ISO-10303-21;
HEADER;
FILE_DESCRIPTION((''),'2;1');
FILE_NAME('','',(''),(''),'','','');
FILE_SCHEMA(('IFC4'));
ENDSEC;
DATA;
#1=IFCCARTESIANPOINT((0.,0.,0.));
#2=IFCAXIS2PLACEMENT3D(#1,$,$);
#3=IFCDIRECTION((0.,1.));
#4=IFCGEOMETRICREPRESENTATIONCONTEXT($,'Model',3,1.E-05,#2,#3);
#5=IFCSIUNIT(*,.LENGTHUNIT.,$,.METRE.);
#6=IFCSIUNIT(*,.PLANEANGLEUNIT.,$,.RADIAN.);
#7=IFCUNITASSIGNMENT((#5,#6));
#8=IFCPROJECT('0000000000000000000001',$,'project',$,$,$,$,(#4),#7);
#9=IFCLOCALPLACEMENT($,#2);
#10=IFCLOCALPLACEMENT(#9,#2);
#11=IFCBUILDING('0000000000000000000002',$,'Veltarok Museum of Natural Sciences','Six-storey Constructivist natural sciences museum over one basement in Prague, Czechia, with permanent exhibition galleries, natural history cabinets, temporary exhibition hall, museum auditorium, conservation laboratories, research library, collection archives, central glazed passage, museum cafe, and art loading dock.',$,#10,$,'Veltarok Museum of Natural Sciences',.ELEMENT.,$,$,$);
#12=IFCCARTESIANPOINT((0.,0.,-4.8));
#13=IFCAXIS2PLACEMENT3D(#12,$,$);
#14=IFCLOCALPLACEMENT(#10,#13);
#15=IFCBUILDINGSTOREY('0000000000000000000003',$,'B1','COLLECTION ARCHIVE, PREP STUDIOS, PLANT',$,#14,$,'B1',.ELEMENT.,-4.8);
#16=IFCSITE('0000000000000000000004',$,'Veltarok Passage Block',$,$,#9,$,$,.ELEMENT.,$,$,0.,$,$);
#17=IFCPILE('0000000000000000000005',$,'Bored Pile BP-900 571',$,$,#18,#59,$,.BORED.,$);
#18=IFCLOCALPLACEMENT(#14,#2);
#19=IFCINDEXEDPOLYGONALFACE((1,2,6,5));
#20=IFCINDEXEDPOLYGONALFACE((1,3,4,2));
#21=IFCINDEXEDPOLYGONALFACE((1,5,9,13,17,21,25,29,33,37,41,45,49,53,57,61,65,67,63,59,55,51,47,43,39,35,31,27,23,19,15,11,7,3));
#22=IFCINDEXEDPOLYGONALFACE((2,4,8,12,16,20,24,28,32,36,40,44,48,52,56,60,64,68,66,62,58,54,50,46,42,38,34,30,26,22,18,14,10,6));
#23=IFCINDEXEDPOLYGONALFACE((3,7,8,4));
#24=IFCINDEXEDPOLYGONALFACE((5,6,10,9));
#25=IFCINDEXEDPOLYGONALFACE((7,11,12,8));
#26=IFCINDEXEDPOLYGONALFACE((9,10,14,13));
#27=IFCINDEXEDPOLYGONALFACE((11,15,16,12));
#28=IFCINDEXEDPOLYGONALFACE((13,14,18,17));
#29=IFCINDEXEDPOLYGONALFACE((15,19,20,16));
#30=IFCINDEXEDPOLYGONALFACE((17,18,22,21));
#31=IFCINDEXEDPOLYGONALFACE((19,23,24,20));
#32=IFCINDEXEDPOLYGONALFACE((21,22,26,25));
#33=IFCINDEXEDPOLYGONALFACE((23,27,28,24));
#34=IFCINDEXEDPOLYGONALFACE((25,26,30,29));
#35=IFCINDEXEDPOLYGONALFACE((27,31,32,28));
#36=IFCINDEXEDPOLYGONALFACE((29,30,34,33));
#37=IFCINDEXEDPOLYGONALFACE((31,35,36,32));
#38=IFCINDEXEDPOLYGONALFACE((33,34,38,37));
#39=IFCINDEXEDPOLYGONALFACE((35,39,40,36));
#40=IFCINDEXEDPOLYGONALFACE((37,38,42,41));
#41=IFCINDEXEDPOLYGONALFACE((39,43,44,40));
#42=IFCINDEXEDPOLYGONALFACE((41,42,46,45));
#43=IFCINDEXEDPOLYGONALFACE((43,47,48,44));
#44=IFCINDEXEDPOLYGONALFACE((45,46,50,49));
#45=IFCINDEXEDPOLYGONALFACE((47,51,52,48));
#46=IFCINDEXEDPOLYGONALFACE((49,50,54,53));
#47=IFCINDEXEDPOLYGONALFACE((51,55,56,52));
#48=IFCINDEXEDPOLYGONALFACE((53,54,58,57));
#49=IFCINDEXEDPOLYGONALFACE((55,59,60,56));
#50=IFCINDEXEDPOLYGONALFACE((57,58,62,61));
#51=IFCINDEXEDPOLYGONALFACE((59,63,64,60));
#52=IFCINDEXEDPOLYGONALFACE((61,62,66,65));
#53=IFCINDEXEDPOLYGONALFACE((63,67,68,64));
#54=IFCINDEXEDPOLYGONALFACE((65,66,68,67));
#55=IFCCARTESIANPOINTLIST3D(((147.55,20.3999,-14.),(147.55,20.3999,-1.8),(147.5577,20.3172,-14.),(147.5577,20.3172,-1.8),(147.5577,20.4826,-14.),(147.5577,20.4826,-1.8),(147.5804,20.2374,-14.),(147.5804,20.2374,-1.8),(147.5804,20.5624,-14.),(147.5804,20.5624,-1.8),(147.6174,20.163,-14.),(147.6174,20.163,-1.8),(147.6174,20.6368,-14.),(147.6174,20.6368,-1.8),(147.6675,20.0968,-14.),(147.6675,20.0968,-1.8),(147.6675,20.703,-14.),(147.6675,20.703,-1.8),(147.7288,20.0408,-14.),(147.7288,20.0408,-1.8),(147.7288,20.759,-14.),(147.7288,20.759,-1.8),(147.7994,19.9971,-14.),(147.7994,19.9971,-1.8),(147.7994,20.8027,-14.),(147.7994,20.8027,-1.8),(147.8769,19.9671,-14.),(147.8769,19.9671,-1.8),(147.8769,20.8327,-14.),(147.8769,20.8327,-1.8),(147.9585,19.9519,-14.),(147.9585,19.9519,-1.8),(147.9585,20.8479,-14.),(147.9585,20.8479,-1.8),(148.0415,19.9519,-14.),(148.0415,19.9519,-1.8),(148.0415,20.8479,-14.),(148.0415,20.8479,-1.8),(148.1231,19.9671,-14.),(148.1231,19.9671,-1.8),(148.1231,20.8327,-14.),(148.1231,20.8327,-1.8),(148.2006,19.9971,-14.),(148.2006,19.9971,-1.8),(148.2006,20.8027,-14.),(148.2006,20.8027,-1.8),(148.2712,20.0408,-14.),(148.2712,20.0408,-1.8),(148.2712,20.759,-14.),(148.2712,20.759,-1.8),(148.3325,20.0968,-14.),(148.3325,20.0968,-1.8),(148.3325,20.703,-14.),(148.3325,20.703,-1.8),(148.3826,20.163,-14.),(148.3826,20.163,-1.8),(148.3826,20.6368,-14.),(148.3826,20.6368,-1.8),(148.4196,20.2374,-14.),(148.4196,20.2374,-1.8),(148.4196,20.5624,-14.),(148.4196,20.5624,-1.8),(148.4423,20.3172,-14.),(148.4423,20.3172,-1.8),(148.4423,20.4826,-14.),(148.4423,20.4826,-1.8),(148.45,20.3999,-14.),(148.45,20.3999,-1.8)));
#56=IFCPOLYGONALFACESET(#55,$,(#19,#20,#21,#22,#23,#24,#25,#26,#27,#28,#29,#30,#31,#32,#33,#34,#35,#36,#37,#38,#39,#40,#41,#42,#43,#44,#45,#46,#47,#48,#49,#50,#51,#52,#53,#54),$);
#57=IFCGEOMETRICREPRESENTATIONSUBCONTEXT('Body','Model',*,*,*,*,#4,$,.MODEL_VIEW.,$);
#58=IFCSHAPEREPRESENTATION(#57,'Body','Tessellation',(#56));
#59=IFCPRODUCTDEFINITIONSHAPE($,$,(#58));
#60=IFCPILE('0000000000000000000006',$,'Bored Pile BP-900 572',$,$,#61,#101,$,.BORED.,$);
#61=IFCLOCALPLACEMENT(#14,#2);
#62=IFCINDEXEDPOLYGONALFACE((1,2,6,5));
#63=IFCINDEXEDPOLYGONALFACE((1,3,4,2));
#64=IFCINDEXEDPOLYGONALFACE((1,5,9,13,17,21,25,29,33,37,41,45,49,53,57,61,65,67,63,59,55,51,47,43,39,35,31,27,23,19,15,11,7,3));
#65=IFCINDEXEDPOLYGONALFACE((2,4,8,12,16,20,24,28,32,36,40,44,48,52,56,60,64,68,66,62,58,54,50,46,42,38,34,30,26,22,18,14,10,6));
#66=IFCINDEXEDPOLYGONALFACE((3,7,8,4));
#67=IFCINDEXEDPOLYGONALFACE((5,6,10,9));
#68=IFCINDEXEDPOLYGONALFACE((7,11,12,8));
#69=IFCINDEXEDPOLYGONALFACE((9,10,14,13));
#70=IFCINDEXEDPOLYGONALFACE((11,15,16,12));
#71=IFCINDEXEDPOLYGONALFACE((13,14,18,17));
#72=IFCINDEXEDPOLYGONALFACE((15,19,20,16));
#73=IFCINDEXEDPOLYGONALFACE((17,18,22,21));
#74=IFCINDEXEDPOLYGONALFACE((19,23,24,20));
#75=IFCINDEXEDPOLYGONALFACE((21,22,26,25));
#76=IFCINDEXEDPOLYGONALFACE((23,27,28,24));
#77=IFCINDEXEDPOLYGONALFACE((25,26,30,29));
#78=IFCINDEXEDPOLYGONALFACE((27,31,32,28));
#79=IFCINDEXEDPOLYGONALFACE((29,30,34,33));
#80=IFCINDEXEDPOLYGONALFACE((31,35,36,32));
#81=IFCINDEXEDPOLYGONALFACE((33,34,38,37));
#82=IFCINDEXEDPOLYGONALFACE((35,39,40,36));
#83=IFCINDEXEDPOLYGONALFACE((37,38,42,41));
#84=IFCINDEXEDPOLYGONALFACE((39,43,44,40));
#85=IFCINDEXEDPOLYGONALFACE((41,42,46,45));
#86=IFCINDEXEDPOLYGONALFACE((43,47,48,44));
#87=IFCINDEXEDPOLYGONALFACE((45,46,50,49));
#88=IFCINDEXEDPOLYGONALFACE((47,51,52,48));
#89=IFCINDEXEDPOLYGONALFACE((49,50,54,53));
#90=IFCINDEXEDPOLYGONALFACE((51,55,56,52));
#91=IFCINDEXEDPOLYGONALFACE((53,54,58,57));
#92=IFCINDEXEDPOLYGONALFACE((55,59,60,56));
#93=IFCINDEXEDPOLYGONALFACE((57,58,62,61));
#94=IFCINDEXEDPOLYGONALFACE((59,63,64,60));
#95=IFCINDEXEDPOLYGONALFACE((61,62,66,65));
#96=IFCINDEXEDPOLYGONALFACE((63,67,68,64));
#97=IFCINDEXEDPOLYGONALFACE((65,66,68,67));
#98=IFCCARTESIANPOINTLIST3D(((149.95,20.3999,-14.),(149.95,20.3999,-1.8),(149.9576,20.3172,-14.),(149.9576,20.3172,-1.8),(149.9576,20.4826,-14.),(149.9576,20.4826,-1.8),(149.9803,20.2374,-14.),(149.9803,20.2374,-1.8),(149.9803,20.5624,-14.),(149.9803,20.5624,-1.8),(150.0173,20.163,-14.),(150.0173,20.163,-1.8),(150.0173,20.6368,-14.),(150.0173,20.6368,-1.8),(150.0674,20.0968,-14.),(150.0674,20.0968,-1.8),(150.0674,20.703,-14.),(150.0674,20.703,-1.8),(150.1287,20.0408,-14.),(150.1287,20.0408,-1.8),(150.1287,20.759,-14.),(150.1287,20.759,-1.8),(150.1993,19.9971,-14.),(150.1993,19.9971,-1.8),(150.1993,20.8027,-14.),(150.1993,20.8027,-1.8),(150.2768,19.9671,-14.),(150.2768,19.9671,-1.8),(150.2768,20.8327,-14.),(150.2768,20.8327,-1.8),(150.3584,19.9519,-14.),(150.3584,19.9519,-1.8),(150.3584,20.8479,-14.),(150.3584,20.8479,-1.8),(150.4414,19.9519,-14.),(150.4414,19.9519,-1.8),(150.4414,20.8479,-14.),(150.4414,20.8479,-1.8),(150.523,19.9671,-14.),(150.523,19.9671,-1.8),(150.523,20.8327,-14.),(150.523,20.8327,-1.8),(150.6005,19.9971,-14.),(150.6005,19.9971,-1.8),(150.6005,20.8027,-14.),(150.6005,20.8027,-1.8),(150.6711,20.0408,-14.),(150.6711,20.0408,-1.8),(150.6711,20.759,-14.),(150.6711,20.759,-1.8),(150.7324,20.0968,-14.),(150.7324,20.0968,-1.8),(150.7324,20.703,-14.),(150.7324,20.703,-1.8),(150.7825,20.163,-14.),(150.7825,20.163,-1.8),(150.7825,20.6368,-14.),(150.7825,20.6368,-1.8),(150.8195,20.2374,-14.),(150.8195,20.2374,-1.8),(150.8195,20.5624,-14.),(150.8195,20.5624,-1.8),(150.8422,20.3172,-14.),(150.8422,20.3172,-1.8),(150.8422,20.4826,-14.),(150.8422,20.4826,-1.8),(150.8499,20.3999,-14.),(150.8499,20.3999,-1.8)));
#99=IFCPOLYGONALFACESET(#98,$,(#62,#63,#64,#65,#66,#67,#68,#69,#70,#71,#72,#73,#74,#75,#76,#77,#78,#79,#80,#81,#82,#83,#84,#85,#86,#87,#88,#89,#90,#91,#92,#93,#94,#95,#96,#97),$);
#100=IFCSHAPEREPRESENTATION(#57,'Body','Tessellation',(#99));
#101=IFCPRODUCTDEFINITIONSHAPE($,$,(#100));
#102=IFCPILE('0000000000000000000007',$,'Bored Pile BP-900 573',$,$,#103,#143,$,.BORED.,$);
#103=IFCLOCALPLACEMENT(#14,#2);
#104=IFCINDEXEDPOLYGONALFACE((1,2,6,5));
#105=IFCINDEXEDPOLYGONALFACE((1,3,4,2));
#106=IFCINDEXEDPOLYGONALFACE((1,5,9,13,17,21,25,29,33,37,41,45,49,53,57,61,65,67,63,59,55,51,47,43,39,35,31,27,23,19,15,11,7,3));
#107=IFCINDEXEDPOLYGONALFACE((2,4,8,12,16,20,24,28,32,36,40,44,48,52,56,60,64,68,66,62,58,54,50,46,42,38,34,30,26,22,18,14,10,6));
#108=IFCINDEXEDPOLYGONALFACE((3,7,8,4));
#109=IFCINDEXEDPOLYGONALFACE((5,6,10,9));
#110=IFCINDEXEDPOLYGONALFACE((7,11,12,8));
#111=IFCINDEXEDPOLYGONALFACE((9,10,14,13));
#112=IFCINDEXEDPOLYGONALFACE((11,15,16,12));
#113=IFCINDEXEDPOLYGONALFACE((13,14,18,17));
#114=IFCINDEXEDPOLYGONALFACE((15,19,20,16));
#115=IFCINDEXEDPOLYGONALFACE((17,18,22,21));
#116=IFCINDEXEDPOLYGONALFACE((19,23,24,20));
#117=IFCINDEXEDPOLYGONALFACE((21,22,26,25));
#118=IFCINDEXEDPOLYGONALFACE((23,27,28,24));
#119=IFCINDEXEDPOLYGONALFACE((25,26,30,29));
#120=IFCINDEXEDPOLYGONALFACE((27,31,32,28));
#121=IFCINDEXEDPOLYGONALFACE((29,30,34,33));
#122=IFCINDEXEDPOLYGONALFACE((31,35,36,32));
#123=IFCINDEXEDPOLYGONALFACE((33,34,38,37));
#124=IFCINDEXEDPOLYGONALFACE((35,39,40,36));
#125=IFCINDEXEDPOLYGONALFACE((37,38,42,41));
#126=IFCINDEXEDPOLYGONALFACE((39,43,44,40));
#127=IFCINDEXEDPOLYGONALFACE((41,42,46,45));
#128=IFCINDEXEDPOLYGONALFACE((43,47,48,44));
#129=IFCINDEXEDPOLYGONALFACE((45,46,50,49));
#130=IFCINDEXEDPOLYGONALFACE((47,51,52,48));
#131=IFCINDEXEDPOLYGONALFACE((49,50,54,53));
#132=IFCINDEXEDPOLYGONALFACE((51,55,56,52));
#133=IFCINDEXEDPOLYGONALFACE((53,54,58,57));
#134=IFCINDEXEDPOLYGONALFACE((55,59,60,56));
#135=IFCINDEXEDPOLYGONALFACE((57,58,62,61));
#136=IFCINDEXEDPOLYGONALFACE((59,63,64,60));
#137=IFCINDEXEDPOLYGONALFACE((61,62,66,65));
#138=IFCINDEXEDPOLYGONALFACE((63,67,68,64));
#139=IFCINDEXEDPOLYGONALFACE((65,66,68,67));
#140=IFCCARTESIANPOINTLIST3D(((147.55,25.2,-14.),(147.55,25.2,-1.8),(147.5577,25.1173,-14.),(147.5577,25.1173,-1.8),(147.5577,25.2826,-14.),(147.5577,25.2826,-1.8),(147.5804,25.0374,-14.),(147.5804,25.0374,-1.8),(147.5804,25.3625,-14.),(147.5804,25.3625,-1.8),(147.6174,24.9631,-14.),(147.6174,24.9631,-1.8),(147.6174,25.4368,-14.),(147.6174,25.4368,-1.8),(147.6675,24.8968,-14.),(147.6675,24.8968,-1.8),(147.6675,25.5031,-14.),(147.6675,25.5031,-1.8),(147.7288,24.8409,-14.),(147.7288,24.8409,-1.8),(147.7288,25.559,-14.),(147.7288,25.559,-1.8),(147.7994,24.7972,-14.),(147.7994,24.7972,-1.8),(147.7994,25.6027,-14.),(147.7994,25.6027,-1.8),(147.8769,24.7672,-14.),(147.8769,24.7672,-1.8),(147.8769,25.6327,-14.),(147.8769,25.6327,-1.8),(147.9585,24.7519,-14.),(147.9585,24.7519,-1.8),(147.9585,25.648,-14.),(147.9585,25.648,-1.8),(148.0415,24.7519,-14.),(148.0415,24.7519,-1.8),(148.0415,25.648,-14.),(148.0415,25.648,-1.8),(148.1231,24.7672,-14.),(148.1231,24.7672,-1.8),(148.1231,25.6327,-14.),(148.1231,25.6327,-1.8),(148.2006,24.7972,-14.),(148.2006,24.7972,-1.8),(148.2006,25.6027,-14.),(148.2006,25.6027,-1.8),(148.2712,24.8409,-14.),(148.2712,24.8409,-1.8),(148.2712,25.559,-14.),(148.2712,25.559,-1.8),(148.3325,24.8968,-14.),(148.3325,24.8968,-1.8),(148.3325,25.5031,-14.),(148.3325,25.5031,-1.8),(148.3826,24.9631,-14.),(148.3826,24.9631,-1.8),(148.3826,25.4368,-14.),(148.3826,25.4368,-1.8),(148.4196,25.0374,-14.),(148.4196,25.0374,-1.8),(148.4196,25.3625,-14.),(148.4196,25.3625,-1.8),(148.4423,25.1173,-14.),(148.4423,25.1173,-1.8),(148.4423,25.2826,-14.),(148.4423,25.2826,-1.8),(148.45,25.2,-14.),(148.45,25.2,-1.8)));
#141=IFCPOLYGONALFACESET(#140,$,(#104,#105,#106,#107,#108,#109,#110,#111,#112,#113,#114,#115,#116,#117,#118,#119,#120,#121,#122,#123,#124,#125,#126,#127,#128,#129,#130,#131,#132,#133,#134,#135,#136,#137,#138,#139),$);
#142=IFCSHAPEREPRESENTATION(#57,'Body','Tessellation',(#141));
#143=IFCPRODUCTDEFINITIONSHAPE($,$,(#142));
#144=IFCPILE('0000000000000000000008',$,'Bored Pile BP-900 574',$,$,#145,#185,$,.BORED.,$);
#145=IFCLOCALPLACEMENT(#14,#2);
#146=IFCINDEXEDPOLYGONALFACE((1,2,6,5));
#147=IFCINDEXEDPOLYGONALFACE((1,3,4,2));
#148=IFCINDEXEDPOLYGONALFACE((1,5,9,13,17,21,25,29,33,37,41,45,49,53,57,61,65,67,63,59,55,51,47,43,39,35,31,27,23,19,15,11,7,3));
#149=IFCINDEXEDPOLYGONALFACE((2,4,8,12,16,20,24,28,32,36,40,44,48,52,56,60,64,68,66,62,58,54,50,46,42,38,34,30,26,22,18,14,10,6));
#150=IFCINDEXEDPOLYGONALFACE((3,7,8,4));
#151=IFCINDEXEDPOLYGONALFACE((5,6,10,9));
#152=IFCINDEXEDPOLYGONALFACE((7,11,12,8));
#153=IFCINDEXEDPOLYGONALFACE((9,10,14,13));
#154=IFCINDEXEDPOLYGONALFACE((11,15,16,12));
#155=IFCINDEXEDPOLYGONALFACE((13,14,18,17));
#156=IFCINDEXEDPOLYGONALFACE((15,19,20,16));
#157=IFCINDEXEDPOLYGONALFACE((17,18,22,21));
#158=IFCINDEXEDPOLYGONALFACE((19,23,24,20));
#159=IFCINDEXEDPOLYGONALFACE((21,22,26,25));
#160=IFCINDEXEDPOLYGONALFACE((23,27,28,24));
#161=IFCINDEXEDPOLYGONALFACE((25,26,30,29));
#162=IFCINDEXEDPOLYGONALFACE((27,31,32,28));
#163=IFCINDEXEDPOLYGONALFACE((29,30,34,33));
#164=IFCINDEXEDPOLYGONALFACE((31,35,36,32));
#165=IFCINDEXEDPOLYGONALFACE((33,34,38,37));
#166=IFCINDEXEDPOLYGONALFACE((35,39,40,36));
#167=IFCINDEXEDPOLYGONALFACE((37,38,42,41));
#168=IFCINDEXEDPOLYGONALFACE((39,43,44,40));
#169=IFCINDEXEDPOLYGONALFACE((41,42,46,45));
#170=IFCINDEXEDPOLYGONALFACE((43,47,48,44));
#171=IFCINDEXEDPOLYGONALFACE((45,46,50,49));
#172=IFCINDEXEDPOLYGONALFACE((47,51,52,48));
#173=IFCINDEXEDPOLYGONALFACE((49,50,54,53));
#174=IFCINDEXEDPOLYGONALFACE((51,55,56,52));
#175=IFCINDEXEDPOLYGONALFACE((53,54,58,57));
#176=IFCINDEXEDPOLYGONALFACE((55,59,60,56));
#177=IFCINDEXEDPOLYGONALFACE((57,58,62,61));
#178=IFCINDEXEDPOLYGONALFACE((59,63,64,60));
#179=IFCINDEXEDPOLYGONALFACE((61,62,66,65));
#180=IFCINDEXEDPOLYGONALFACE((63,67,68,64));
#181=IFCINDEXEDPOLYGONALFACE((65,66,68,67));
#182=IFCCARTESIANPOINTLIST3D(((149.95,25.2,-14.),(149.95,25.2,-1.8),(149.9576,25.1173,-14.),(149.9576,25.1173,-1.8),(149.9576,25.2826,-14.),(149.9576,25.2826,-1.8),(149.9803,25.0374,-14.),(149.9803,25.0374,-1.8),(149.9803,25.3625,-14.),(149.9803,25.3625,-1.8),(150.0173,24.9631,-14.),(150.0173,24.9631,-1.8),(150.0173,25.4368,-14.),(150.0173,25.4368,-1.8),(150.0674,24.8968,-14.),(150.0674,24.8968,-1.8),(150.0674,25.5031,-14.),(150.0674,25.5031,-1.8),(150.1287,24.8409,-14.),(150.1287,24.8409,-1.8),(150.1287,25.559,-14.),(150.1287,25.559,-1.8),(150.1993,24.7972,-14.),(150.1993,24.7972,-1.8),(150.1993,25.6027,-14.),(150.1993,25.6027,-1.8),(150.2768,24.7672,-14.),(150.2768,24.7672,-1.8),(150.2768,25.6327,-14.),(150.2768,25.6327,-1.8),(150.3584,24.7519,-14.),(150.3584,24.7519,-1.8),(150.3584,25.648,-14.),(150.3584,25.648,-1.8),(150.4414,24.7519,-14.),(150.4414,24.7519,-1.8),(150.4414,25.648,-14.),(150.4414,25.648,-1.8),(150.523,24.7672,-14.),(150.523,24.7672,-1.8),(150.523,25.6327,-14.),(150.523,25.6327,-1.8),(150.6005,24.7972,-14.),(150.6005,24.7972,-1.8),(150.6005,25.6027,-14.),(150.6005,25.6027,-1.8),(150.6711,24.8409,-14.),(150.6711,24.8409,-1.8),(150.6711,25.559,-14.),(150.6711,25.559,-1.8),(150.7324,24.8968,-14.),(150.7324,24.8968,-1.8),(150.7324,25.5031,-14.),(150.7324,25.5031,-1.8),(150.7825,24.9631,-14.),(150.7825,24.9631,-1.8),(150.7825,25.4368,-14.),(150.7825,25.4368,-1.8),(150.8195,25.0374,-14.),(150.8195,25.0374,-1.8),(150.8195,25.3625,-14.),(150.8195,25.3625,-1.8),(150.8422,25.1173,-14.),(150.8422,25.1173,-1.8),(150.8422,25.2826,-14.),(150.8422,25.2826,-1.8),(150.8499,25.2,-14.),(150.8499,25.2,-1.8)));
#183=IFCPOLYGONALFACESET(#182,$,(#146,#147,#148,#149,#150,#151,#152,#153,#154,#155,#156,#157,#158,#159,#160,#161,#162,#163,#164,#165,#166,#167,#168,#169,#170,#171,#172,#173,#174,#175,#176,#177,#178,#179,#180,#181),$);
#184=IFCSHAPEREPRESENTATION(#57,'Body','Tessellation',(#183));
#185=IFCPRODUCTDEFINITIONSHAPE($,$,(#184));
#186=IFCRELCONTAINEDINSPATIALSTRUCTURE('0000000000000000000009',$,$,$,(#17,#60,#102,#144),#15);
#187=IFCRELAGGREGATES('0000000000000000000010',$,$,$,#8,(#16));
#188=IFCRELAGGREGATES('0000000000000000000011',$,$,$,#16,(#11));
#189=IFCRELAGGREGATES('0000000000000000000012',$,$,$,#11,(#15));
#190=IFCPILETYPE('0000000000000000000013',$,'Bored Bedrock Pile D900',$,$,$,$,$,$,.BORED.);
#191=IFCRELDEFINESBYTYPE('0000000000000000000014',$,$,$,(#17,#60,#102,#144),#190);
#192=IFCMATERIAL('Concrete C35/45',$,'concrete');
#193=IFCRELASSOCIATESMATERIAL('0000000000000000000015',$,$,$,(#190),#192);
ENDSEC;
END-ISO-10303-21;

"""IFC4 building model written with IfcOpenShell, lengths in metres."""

from ifc_helpers import new_model, si_unit, direction, frame, origin, origin_2d, place, context, subcontext, project, spatial, circle, extrude, material, material_profile, profile_set, type_object, element, save


model = new_model("IFC4")

# Units and contexts
model_context = context("Model", 3, precision=1e-05, world=origin(), true_north=direction((0.0, 1.0)))
body_context = subcontext(model_context, "Body", "Model", "MODEL_VIEW")
ifc_project = project(units=[si_unit("LENGTHUNIT", "METRE"), si_unit("PLANEANGLEUNIT", "RADIAN")], contexts=[model_context])

# Site, building, storey
site_placement = place(None, origin())
site = spatial("IfcSite", under=ifc_project, at=site_placement, Name="Veltarok Passage Block", CompositionType="ELEMENT", RefElevation=0.0)
building_placement = place(site_placement, origin())
building = spatial("IfcBuilding", under=site, at=building_placement, Name="Veltarok Museum of Natural Sciences", Description="Six-storey Constructivist natural sciences museum over one basement in Prague, Czechia, with permanent exhibition galleries, natural history cabinets, temporary exhibition hall, museum auditorium, conservation laboratories, research library, collection archives, central glazed passage, museum cafe, and art loading dock.", LongName="Veltarok Museum of Natural Sciences", CompositionType="ELEMENT")
storey_placement = place(building_placement, frame((0.0, 0.0, -4.8)))
storey = spatial("IfcBuildingStorey", under=building, at=storey_placement, Name="B1", Description="COLLECTION ARCHIVE, PREP STUDIOS, PLANT", LongName="B1", CompositionType="ELEMENT", Elevation=-4.8)

# Piles
ifc_material_1 = material(Name="Concrete C35/45", Category="concrete")
ifc_material_profile_1 = material_profile(ifc_material_1, circle(Radius=0.45, at=origin_2d()), Name="BP D900")
ifc_profile_set_1 = profile_set([ifc_material_profile_1], Name="Concrete C35/45")
pile_type = type_object("IfcPileType", Name="Bored Bedrock Pile D900", PredefinedType="BORED", material=ifc_profile_set_1)
for number, where, z_axis, x_axis, name in (
    (1, (148.0, 20.3999, -1.8), (0.0, 0.0, -1.0), (1.0, 0.0, 0.0), "Bored Pile BP-900 571"),
    (2, (150.3999, 20.3999, -1.8), (0.0, 0.0, -1.0), (1.0, 0.0, 0.0), "Bored Pile BP-900 572"),
    (3, (148.0, 25.2, -1.8), (0.0, 0.0, -1.0), (1.0, 0.0, 0.0), "Bored Pile BP-900 573"),
    (4, (150.3999, 25.2, -1.8), (0.0, 0.0, -1.0), (1.0, 0.0, 0.0), "Bored Pile BP-900 574"),
):
    element("IfcPile", number, at=place(storey_placement, frame(where, z_axis=z_axis, x_axis=x_axis)), inside=storey, type_object=pile_type, Name=name, PredefinedType="BORED", context=body_context, shape_type="SweptSolid", body=[
        extrude(circle(Radius=0.45, at=origin_2d()), origin(), (0.0, 0.0, 1.0), 12.2),
    ])

save(model, "model.ifc")
